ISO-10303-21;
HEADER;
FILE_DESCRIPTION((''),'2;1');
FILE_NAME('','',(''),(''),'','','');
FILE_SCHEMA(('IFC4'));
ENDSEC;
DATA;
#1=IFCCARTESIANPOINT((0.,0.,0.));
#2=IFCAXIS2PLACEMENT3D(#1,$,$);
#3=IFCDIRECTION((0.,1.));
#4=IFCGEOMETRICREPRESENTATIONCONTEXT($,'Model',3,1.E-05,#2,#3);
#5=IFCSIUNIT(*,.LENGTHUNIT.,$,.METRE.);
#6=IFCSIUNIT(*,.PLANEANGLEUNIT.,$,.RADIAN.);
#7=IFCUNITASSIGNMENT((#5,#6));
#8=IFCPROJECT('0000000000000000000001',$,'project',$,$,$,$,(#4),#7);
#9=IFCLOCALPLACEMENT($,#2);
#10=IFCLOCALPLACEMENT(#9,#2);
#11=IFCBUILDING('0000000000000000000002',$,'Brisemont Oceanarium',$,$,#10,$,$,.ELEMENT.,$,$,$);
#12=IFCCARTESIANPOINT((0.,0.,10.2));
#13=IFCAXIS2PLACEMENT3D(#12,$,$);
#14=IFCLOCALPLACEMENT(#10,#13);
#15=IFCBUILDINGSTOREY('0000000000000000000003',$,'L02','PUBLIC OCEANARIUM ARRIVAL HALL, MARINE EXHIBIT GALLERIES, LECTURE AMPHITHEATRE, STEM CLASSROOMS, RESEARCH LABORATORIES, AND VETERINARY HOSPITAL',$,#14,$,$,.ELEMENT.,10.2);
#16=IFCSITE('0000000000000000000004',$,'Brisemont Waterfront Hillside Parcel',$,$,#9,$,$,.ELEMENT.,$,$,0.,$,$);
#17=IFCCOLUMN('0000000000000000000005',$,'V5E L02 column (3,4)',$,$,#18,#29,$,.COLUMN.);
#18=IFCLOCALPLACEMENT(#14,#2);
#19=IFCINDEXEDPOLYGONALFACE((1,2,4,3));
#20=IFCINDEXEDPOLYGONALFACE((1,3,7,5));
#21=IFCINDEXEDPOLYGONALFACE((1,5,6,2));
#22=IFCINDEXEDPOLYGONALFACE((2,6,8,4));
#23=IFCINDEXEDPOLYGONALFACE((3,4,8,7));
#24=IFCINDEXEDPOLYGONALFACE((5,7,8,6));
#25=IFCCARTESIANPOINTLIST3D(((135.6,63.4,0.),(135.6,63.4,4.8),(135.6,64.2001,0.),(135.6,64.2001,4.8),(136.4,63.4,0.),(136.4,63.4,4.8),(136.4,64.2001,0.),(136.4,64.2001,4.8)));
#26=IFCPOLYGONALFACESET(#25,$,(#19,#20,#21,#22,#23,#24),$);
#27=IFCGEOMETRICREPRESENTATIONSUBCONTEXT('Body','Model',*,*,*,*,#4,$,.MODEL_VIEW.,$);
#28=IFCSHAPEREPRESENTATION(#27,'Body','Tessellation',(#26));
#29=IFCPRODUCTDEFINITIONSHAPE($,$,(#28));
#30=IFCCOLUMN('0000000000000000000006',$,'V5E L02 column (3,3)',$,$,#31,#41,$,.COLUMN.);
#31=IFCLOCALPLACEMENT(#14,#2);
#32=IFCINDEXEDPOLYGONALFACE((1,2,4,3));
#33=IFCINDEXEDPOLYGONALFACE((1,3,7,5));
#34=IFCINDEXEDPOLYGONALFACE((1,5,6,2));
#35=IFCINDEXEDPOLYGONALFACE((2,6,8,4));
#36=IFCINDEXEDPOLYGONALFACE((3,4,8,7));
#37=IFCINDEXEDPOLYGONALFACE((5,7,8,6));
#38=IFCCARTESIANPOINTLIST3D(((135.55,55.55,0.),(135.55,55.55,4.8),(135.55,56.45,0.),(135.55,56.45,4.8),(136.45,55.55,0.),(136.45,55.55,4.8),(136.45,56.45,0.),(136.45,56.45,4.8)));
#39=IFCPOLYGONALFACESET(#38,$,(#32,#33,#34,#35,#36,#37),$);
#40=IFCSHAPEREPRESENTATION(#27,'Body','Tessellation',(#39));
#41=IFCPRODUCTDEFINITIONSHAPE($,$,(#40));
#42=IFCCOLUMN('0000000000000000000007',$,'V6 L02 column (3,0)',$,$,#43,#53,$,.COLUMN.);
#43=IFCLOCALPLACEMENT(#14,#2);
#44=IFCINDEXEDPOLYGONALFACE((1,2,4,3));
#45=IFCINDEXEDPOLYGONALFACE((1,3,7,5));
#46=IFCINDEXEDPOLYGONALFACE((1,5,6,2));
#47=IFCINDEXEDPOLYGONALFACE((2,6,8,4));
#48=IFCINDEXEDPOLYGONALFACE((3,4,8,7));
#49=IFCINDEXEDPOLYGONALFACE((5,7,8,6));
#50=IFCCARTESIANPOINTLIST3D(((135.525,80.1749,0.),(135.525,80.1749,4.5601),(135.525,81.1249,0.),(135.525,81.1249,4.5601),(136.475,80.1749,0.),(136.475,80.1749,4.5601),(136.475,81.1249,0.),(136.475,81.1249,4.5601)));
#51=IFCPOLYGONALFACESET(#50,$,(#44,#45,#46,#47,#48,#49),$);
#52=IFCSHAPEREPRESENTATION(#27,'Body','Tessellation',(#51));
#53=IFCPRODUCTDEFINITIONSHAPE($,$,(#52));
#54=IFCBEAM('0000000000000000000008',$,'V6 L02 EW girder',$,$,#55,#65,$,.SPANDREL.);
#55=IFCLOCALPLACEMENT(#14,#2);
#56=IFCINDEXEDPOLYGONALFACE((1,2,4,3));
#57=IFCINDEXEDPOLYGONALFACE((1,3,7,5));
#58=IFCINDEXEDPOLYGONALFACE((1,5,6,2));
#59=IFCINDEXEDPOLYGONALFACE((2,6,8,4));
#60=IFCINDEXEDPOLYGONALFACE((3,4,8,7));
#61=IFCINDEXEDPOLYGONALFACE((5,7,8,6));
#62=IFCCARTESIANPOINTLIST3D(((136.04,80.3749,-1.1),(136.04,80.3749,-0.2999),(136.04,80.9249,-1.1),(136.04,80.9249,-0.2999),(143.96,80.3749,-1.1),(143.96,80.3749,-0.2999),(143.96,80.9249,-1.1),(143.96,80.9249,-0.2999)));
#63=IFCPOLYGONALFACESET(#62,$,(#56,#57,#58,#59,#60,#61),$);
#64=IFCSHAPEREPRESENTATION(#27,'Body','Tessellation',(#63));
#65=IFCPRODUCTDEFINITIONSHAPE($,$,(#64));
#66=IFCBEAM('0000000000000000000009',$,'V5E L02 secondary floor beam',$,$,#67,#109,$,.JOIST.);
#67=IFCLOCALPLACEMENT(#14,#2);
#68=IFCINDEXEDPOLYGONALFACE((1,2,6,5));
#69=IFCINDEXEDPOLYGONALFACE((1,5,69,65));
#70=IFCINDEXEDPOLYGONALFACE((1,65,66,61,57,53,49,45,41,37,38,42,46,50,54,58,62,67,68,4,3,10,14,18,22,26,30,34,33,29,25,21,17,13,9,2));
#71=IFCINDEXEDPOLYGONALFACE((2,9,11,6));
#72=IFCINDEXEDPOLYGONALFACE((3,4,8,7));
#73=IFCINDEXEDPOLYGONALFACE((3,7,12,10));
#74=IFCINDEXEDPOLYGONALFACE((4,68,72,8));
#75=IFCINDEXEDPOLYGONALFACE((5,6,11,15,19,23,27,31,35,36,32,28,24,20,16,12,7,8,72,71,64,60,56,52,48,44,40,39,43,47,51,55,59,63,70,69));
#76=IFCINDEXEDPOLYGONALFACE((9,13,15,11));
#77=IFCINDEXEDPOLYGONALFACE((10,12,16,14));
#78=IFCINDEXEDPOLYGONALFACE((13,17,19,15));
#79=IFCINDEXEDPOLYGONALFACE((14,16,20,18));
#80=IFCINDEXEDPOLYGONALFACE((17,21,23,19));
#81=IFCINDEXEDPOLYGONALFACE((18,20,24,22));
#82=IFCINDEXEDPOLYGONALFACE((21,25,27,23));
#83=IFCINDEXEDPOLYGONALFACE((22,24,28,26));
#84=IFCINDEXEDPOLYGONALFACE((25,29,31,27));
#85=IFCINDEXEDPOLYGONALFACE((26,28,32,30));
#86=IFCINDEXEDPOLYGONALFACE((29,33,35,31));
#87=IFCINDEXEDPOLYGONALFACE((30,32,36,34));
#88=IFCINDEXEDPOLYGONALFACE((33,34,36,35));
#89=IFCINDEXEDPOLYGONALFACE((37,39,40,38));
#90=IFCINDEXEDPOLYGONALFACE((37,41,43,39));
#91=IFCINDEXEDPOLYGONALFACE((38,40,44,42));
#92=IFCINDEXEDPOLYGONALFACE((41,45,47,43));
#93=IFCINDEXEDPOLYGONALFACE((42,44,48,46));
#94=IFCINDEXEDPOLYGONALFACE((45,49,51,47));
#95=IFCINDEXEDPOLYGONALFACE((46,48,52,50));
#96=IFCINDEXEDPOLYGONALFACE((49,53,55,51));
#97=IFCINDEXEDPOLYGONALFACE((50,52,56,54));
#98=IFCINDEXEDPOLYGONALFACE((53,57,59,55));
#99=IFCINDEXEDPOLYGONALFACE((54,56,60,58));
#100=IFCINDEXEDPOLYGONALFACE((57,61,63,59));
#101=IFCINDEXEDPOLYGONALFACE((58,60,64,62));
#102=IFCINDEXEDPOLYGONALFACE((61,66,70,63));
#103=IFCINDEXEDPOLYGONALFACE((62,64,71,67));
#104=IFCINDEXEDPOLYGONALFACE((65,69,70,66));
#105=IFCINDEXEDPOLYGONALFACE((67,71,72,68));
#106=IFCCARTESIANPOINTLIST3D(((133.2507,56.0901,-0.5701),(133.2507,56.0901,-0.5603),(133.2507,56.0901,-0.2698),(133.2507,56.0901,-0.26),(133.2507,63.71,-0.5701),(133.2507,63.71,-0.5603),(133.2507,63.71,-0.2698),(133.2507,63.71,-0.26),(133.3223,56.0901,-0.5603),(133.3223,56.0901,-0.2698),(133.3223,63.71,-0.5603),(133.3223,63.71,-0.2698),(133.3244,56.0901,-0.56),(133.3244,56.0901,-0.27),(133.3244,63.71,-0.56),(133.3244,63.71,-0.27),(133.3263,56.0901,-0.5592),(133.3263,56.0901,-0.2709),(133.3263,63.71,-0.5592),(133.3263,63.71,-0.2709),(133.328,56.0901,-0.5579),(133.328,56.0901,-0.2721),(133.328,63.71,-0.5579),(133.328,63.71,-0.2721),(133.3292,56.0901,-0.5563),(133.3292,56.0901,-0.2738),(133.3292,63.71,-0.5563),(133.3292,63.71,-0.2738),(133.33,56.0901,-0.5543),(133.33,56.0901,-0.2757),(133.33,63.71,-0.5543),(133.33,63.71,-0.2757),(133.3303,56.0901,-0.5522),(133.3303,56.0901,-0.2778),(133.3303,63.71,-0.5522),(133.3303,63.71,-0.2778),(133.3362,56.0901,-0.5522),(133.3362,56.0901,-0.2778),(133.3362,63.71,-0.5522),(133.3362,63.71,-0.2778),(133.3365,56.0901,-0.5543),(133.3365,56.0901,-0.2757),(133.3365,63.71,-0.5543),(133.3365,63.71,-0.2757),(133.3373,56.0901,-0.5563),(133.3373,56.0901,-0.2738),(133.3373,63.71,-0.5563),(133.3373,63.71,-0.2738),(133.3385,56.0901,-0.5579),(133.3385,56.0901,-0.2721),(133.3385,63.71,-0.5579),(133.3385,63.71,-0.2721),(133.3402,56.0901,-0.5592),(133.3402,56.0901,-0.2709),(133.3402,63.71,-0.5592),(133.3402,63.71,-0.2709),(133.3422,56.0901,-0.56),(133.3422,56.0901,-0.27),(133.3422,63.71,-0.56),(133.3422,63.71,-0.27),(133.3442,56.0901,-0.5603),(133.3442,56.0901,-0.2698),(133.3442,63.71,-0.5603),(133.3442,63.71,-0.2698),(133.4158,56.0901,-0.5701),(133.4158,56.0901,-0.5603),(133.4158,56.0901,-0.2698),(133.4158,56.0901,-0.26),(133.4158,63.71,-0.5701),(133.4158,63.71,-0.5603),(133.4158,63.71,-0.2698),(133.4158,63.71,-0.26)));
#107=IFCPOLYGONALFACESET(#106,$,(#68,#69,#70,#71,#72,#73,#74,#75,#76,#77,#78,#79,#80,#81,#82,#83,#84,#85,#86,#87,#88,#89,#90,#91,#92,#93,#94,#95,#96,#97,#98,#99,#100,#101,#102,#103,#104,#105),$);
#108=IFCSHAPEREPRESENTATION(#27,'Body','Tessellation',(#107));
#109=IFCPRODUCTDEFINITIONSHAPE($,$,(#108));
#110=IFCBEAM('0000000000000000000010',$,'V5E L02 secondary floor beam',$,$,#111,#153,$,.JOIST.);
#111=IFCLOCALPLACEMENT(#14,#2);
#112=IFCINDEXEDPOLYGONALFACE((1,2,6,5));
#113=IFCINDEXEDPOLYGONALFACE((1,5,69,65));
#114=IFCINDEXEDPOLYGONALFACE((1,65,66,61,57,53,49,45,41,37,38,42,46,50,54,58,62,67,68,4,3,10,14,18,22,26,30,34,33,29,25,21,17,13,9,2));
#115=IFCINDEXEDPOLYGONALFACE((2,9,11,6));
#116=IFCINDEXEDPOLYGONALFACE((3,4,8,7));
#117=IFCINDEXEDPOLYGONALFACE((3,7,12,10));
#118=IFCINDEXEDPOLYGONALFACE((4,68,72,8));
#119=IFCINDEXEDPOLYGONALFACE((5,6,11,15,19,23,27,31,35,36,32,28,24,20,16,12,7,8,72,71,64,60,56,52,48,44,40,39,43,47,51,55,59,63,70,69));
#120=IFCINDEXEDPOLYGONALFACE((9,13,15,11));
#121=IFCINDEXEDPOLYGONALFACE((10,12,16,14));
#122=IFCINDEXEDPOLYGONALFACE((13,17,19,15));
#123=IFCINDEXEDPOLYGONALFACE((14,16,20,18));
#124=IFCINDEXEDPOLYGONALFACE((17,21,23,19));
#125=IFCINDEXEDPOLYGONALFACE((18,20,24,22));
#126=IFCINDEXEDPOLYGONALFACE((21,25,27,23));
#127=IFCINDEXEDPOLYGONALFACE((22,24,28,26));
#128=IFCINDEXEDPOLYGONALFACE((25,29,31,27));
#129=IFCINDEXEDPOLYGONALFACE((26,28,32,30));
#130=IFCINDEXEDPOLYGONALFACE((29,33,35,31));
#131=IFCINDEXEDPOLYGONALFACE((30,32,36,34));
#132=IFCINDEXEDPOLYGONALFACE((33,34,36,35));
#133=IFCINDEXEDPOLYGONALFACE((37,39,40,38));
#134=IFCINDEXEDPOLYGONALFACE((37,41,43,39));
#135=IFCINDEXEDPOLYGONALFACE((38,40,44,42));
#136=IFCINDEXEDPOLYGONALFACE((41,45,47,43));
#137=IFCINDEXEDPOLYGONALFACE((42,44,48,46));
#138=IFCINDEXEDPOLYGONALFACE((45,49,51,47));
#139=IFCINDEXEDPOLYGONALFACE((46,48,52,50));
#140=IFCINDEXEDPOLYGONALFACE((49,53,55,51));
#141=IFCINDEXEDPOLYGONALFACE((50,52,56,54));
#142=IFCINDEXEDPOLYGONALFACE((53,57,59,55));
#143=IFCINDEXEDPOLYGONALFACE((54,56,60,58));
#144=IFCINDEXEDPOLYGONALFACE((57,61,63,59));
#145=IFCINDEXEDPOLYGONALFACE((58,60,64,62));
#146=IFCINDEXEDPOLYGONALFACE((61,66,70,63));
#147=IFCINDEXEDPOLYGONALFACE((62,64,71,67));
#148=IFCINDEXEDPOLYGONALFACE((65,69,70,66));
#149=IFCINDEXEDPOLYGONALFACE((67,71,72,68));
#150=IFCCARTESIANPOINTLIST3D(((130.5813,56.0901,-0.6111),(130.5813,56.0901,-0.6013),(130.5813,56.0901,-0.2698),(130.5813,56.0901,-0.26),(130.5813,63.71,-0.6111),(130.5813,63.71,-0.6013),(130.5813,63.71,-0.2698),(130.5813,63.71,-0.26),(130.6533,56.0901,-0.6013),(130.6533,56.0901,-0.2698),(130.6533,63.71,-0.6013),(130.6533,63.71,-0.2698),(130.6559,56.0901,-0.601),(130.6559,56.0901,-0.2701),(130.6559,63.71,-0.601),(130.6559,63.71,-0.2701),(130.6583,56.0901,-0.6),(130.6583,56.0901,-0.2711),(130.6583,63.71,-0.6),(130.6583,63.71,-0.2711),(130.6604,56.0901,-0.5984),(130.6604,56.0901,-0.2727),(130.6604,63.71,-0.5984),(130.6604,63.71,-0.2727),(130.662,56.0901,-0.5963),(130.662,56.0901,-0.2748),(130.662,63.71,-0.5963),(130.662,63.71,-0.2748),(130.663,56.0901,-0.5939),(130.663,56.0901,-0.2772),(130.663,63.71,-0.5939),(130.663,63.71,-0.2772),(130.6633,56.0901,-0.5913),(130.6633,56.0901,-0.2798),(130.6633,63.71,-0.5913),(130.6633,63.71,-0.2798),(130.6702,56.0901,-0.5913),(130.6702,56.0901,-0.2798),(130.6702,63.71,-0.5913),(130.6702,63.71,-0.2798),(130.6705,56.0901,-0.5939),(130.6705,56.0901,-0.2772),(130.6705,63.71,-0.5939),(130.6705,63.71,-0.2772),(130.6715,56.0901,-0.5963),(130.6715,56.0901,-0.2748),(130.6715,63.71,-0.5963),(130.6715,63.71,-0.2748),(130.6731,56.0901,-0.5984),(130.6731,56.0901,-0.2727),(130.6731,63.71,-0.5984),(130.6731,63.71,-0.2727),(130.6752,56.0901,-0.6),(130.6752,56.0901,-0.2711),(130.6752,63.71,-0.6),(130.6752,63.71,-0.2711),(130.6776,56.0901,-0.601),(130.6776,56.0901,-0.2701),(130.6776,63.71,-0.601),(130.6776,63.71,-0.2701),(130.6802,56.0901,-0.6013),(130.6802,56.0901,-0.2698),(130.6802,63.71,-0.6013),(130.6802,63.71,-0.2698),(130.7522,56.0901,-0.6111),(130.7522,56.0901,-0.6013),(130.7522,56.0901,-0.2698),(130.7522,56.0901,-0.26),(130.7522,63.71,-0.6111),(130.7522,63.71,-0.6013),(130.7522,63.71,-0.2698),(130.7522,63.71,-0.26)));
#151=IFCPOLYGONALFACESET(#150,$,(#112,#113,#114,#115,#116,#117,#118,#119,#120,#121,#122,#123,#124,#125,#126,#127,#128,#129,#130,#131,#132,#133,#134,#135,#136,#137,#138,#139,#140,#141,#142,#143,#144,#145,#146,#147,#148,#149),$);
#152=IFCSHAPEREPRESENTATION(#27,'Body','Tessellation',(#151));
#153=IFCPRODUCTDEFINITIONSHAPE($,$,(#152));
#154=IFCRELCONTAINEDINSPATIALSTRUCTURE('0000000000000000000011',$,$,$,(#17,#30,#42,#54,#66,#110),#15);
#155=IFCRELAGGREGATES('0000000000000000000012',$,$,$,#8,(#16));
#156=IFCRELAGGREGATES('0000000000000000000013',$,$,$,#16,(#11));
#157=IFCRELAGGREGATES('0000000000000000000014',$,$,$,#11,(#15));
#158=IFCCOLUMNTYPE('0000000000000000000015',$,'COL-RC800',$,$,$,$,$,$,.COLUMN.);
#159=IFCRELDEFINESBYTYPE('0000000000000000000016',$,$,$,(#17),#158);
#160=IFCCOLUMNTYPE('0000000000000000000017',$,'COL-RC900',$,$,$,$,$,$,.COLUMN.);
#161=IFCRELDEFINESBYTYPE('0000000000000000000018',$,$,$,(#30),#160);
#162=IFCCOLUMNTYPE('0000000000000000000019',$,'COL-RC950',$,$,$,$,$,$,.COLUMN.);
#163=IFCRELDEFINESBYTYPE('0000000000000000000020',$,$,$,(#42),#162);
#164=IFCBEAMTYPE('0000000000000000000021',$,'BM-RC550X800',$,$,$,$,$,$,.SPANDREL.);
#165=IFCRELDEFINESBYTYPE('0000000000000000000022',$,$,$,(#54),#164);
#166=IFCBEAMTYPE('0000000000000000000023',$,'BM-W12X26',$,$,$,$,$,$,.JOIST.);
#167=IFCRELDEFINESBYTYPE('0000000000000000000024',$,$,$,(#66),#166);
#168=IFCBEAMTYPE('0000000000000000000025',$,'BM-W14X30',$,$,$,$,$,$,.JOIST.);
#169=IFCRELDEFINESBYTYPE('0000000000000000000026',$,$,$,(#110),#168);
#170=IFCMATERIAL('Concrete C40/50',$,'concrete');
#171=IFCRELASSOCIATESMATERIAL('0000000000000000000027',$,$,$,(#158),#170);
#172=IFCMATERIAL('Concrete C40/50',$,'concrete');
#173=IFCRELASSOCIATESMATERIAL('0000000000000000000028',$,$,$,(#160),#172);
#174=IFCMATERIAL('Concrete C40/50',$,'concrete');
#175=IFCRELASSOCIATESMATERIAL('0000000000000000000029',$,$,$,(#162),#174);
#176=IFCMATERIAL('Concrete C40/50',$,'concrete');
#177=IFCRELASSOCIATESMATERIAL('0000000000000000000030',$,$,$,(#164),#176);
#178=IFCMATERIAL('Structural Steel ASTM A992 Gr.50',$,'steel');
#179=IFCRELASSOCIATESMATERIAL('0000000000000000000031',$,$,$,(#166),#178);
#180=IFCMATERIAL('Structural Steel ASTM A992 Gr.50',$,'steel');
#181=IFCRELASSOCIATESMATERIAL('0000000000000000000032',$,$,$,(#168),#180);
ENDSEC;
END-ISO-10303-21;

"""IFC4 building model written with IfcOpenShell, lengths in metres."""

from ifc_helpers import new_model, si_unit, direction, frame, origin, origin_2d, place, context, subcontext, project, spatial, rectangle, i_section, extrude, material, material_profile, profile_set, type_object, element, save


model = new_model("IFC4")

# Units and contexts
model_context = context("Model", 3, precision=1e-05, world=origin(), true_north=direction((0.0, 1.0)))
body_context = subcontext(model_context, "Body", "Model", "MODEL_VIEW")
ifc_project = project(units=[si_unit("LENGTHUNIT", "METRE"), si_unit("PLANEANGLEUNIT", "RADIAN")], contexts=[model_context])

# Site, building, storey
site_placement = place(None, origin())
site = spatial("IfcSite", under=ifc_project, at=site_placement, Name="Brisemont Waterfront Hillside Parcel", CompositionType="ELEMENT", RefElevation=0.0)
building_placement = place(site_placement, origin())
building = spatial("IfcBuilding", under=site, at=building_placement, Name="Brisemont Oceanarium", CompositionType="ELEMENT")
storey_placement = place(building_placement, frame((0.0, 0.0, 10.2)))
storey = spatial("IfcBuildingStorey", under=building, at=storey_placement, Name="L02", Description="PUBLIC OCEANARIUM ARRIVAL HALL, MARINE EXHIBIT GALLERIES, LECTURE AMPHITHEATRE, STEM CLASSROOMS, RESEARCH LABORATORIES, AND VETERINARY HOSPITAL", CompositionType="ELEMENT", Elevation=10.2)

# Columns
ifc_material_1 = material(Name="Concrete C40/50", Category="concrete")
ifc_material_profile_1 = material_profile(ifc_material_1, rectangle(XDim=0.8, YDim=0.8, at=origin_2d()), Name="RC-COL-800X800")
ifc_profile_set_1 = profile_set([ifc_material_profile_1], Name="Concrete C40/50")
column_type_1 = type_object("IfcColumnType", Name="COL-RC800", PredefinedType="COLUMN", material=ifc_profile_set_1)
column_1_placement = place(storey_placement, frame((136.0, 63.8, 0.0), z_axis=(0.0, 0.0, 1.0), x_axis=(0.0, 1.0, 0.0)))
element("IfcColumn", 1, at=column_1_placement, inside=storey, type_object=column_type_1, Name="V5E L02 column (3,4)", PredefinedType="COLUMN", context=body_context, shape_type="SweptSolid", body=[
    extrude(rectangle(XDim=0.8, YDim=0.8, at=origin_2d()), origin(), (0.0, 0.0, 1.0), 4.8),
])
ifc_material_2 = material(Name="Concrete C40/50", Category="concrete")
ifc_material_profile_2 = material_profile(ifc_material_2, rectangle(XDim=0.8999, YDim=0.8999, at=origin_2d()), Name="RC-COL-900X900")
ifc_profile_set_2 = profile_set([ifc_material_profile_2], Name="Concrete C40/50")
column_type_2 = type_object("IfcColumnType", Name="COL-RC900", PredefinedType="COLUMN", material=ifc_profile_set_2)
column_2_placement = place(storey_placement, frame((136.0, 56.0, 0.0), z_axis=(0.0, 0.0, 1.0), x_axis=(1.0, 0.0, 0.0)))
element("IfcColumn", 2, at=column_2_placement, inside=storey, type_object=column_type_2, Name="V5E L02 column (3,3)", PredefinedType="COLUMN", context=body_context, shape_type="SweptSolid", body=[
    extrude(rectangle(XDim=0.8999, YDim=0.8999, at=origin_2d()), origin(), (0.0, 0.0, 1.0), 4.8),
])
ifc_material_3 = material(Name="Concrete C40/50", Category="concrete")
ifc_material_profile_3 = material_profile(ifc_material_3, rectangle(XDim=0.95, YDim=0.95, at=origin_2d()), Name="RC-COL-950X950")
ifc_profile_set_3 = profile_set([ifc_material_profile_3], Name="Concrete C40/50")
column_type_3 = type_object("IfcColumnType", Name="COL-RC950", PredefinedType="COLUMN", material=ifc_profile_set_3)
column_3_placement = place(storey_placement, frame((136.0, 80.6499, 0.0), z_axis=(0.0, 0.0, 1.0), x_axis=(0.0, 1.0, 0.0)))
element("IfcColumn", 3, at=column_3_placement, inside=storey, type_object=column_type_3, Name="V6 L02 column (3,0)", PredefinedType="COLUMN", context=body_context, shape_type="SweptSolid", body=[
    extrude(rectangle(XDim=0.95, YDim=0.95, at=origin_2d()), origin(), (0.0, 0.0, 1.0), 4.5601),
])

# Beams
ifc_material_4 = material(Name="Concrete C40/50", Category="concrete")
ifc_material_profile_4 = material_profile(ifc_material_4, rectangle(XDim=0.55, YDim=0.8, at=origin_2d()), Name="RC-BM-550X800")
ifc_profile_set_4 = profile_set([ifc_material_profile_4], Name="Concrete C40/50")
beam_type_1 = type_object("IfcBeamType", Name="BM-RC550X800", PredefinedType="SPANDREL", material=ifc_profile_set_4)
beam_1_placement = place(storey_placement, frame((136.04, 80.6499, -0.7), z_axis=(1.0, 0.0, 0.0), x_axis=(0.0, 1.0, 0.0)))
element("IfcBeam", 4, at=beam_1_placement, inside=storey, type_object=beam_type_1, Name="V6 L02 EW girder", PredefinedType="SPANDREL", context=body_context, shape_type="SweptSolid", body=[
    extrude(rectangle(XDim=0.55, YDim=0.8, at=origin_2d()), origin(), (0.0, 0.0, 1.0), 7.9199),
])
ifc_material_5 = material(Name="Structural Steel ASTM A992 Gr.50", Category="steel")
ifc_material_profile_5 = material_profile(ifc_material_5, i_section(OverallWidth=0.165, OverallDepth=0.3101, WebThickness=0.0059, FlangeThickness=0.0098, FilletRadius=0.0081, at=origin_2d()), Name="W12X26")
ifc_profile_set_5 = profile_set([ifc_material_profile_5], Name="Structural Steel ASTM A992 Gr.50")
beam_type_2 = type_object("IfcBeamType", Name="BM-W12X26", PredefinedType="JOIST", material=ifc_profile_set_5)
beam_2_placement = place(storey_placement, frame((133.3333, 56.0901, -0.415), z_axis=(0.0, 1.0, 0.0), x_axis=(-1.0, 0.0, 0.0)))
element("IfcBeam", 5, at=beam_2_placement, inside=storey, type_object=beam_type_2, Name="V5E L02 secondary floor beam", PredefinedType="JOIST", context=body_context, shape_type="SweptSolid", body=[
    extrude(i_section(OverallWidth=0.165, OverallDepth=0.3101, WebThickness=0.0059, FlangeThickness=0.0098, FilletRadius=0.0081, at=origin_2d()), origin(), (0.0, 0.0, 1.0), 7.6199),
])
ifc_material_6 = material(Name="Structural Steel ASTM A992 Gr.50", Category="steel")
ifc_material_profile_6 = material_profile(ifc_material_6, i_section(OverallWidth=0.1709, OverallDepth=0.3511, WebThickness=0.0068, FlangeThickness=0.0098, FilletRadius=0.01, at=origin_2d()), Name="W14X30")
ifc_profile_set_6 = profile_set([ifc_material_profile_6], Name="Structural Steel ASTM A992 Gr.50")
beam_type_3 = type_object("IfcBeamType", Name="BM-W14X30", PredefinedType="JOIST", material=ifc_profile_set_6)
beam_3_placement = place(storey_placement, frame((130.6667, 56.0901, -0.4355), z_axis=(0.0, 1.0, 0.0), x_axis=(-1.0, 0.0, 0.0)))
element("IfcBeam", 6, at=beam_3_placement, inside=storey, type_object=beam_type_3, Name="V5E L02 secondary floor beam", PredefinedType="JOIST", context=body_context, shape_type="SweptSolid", body=[
    extrude(i_section(OverallWidth=0.1709, OverallDepth=0.3511, WebThickness=0.0068, FlangeThickness=0.0098, FilletRadius=0.01, at=origin_2d()), origin(), (0.0, 0.0, 1.0), 7.6199),
])

save(model, "model.ifc")
